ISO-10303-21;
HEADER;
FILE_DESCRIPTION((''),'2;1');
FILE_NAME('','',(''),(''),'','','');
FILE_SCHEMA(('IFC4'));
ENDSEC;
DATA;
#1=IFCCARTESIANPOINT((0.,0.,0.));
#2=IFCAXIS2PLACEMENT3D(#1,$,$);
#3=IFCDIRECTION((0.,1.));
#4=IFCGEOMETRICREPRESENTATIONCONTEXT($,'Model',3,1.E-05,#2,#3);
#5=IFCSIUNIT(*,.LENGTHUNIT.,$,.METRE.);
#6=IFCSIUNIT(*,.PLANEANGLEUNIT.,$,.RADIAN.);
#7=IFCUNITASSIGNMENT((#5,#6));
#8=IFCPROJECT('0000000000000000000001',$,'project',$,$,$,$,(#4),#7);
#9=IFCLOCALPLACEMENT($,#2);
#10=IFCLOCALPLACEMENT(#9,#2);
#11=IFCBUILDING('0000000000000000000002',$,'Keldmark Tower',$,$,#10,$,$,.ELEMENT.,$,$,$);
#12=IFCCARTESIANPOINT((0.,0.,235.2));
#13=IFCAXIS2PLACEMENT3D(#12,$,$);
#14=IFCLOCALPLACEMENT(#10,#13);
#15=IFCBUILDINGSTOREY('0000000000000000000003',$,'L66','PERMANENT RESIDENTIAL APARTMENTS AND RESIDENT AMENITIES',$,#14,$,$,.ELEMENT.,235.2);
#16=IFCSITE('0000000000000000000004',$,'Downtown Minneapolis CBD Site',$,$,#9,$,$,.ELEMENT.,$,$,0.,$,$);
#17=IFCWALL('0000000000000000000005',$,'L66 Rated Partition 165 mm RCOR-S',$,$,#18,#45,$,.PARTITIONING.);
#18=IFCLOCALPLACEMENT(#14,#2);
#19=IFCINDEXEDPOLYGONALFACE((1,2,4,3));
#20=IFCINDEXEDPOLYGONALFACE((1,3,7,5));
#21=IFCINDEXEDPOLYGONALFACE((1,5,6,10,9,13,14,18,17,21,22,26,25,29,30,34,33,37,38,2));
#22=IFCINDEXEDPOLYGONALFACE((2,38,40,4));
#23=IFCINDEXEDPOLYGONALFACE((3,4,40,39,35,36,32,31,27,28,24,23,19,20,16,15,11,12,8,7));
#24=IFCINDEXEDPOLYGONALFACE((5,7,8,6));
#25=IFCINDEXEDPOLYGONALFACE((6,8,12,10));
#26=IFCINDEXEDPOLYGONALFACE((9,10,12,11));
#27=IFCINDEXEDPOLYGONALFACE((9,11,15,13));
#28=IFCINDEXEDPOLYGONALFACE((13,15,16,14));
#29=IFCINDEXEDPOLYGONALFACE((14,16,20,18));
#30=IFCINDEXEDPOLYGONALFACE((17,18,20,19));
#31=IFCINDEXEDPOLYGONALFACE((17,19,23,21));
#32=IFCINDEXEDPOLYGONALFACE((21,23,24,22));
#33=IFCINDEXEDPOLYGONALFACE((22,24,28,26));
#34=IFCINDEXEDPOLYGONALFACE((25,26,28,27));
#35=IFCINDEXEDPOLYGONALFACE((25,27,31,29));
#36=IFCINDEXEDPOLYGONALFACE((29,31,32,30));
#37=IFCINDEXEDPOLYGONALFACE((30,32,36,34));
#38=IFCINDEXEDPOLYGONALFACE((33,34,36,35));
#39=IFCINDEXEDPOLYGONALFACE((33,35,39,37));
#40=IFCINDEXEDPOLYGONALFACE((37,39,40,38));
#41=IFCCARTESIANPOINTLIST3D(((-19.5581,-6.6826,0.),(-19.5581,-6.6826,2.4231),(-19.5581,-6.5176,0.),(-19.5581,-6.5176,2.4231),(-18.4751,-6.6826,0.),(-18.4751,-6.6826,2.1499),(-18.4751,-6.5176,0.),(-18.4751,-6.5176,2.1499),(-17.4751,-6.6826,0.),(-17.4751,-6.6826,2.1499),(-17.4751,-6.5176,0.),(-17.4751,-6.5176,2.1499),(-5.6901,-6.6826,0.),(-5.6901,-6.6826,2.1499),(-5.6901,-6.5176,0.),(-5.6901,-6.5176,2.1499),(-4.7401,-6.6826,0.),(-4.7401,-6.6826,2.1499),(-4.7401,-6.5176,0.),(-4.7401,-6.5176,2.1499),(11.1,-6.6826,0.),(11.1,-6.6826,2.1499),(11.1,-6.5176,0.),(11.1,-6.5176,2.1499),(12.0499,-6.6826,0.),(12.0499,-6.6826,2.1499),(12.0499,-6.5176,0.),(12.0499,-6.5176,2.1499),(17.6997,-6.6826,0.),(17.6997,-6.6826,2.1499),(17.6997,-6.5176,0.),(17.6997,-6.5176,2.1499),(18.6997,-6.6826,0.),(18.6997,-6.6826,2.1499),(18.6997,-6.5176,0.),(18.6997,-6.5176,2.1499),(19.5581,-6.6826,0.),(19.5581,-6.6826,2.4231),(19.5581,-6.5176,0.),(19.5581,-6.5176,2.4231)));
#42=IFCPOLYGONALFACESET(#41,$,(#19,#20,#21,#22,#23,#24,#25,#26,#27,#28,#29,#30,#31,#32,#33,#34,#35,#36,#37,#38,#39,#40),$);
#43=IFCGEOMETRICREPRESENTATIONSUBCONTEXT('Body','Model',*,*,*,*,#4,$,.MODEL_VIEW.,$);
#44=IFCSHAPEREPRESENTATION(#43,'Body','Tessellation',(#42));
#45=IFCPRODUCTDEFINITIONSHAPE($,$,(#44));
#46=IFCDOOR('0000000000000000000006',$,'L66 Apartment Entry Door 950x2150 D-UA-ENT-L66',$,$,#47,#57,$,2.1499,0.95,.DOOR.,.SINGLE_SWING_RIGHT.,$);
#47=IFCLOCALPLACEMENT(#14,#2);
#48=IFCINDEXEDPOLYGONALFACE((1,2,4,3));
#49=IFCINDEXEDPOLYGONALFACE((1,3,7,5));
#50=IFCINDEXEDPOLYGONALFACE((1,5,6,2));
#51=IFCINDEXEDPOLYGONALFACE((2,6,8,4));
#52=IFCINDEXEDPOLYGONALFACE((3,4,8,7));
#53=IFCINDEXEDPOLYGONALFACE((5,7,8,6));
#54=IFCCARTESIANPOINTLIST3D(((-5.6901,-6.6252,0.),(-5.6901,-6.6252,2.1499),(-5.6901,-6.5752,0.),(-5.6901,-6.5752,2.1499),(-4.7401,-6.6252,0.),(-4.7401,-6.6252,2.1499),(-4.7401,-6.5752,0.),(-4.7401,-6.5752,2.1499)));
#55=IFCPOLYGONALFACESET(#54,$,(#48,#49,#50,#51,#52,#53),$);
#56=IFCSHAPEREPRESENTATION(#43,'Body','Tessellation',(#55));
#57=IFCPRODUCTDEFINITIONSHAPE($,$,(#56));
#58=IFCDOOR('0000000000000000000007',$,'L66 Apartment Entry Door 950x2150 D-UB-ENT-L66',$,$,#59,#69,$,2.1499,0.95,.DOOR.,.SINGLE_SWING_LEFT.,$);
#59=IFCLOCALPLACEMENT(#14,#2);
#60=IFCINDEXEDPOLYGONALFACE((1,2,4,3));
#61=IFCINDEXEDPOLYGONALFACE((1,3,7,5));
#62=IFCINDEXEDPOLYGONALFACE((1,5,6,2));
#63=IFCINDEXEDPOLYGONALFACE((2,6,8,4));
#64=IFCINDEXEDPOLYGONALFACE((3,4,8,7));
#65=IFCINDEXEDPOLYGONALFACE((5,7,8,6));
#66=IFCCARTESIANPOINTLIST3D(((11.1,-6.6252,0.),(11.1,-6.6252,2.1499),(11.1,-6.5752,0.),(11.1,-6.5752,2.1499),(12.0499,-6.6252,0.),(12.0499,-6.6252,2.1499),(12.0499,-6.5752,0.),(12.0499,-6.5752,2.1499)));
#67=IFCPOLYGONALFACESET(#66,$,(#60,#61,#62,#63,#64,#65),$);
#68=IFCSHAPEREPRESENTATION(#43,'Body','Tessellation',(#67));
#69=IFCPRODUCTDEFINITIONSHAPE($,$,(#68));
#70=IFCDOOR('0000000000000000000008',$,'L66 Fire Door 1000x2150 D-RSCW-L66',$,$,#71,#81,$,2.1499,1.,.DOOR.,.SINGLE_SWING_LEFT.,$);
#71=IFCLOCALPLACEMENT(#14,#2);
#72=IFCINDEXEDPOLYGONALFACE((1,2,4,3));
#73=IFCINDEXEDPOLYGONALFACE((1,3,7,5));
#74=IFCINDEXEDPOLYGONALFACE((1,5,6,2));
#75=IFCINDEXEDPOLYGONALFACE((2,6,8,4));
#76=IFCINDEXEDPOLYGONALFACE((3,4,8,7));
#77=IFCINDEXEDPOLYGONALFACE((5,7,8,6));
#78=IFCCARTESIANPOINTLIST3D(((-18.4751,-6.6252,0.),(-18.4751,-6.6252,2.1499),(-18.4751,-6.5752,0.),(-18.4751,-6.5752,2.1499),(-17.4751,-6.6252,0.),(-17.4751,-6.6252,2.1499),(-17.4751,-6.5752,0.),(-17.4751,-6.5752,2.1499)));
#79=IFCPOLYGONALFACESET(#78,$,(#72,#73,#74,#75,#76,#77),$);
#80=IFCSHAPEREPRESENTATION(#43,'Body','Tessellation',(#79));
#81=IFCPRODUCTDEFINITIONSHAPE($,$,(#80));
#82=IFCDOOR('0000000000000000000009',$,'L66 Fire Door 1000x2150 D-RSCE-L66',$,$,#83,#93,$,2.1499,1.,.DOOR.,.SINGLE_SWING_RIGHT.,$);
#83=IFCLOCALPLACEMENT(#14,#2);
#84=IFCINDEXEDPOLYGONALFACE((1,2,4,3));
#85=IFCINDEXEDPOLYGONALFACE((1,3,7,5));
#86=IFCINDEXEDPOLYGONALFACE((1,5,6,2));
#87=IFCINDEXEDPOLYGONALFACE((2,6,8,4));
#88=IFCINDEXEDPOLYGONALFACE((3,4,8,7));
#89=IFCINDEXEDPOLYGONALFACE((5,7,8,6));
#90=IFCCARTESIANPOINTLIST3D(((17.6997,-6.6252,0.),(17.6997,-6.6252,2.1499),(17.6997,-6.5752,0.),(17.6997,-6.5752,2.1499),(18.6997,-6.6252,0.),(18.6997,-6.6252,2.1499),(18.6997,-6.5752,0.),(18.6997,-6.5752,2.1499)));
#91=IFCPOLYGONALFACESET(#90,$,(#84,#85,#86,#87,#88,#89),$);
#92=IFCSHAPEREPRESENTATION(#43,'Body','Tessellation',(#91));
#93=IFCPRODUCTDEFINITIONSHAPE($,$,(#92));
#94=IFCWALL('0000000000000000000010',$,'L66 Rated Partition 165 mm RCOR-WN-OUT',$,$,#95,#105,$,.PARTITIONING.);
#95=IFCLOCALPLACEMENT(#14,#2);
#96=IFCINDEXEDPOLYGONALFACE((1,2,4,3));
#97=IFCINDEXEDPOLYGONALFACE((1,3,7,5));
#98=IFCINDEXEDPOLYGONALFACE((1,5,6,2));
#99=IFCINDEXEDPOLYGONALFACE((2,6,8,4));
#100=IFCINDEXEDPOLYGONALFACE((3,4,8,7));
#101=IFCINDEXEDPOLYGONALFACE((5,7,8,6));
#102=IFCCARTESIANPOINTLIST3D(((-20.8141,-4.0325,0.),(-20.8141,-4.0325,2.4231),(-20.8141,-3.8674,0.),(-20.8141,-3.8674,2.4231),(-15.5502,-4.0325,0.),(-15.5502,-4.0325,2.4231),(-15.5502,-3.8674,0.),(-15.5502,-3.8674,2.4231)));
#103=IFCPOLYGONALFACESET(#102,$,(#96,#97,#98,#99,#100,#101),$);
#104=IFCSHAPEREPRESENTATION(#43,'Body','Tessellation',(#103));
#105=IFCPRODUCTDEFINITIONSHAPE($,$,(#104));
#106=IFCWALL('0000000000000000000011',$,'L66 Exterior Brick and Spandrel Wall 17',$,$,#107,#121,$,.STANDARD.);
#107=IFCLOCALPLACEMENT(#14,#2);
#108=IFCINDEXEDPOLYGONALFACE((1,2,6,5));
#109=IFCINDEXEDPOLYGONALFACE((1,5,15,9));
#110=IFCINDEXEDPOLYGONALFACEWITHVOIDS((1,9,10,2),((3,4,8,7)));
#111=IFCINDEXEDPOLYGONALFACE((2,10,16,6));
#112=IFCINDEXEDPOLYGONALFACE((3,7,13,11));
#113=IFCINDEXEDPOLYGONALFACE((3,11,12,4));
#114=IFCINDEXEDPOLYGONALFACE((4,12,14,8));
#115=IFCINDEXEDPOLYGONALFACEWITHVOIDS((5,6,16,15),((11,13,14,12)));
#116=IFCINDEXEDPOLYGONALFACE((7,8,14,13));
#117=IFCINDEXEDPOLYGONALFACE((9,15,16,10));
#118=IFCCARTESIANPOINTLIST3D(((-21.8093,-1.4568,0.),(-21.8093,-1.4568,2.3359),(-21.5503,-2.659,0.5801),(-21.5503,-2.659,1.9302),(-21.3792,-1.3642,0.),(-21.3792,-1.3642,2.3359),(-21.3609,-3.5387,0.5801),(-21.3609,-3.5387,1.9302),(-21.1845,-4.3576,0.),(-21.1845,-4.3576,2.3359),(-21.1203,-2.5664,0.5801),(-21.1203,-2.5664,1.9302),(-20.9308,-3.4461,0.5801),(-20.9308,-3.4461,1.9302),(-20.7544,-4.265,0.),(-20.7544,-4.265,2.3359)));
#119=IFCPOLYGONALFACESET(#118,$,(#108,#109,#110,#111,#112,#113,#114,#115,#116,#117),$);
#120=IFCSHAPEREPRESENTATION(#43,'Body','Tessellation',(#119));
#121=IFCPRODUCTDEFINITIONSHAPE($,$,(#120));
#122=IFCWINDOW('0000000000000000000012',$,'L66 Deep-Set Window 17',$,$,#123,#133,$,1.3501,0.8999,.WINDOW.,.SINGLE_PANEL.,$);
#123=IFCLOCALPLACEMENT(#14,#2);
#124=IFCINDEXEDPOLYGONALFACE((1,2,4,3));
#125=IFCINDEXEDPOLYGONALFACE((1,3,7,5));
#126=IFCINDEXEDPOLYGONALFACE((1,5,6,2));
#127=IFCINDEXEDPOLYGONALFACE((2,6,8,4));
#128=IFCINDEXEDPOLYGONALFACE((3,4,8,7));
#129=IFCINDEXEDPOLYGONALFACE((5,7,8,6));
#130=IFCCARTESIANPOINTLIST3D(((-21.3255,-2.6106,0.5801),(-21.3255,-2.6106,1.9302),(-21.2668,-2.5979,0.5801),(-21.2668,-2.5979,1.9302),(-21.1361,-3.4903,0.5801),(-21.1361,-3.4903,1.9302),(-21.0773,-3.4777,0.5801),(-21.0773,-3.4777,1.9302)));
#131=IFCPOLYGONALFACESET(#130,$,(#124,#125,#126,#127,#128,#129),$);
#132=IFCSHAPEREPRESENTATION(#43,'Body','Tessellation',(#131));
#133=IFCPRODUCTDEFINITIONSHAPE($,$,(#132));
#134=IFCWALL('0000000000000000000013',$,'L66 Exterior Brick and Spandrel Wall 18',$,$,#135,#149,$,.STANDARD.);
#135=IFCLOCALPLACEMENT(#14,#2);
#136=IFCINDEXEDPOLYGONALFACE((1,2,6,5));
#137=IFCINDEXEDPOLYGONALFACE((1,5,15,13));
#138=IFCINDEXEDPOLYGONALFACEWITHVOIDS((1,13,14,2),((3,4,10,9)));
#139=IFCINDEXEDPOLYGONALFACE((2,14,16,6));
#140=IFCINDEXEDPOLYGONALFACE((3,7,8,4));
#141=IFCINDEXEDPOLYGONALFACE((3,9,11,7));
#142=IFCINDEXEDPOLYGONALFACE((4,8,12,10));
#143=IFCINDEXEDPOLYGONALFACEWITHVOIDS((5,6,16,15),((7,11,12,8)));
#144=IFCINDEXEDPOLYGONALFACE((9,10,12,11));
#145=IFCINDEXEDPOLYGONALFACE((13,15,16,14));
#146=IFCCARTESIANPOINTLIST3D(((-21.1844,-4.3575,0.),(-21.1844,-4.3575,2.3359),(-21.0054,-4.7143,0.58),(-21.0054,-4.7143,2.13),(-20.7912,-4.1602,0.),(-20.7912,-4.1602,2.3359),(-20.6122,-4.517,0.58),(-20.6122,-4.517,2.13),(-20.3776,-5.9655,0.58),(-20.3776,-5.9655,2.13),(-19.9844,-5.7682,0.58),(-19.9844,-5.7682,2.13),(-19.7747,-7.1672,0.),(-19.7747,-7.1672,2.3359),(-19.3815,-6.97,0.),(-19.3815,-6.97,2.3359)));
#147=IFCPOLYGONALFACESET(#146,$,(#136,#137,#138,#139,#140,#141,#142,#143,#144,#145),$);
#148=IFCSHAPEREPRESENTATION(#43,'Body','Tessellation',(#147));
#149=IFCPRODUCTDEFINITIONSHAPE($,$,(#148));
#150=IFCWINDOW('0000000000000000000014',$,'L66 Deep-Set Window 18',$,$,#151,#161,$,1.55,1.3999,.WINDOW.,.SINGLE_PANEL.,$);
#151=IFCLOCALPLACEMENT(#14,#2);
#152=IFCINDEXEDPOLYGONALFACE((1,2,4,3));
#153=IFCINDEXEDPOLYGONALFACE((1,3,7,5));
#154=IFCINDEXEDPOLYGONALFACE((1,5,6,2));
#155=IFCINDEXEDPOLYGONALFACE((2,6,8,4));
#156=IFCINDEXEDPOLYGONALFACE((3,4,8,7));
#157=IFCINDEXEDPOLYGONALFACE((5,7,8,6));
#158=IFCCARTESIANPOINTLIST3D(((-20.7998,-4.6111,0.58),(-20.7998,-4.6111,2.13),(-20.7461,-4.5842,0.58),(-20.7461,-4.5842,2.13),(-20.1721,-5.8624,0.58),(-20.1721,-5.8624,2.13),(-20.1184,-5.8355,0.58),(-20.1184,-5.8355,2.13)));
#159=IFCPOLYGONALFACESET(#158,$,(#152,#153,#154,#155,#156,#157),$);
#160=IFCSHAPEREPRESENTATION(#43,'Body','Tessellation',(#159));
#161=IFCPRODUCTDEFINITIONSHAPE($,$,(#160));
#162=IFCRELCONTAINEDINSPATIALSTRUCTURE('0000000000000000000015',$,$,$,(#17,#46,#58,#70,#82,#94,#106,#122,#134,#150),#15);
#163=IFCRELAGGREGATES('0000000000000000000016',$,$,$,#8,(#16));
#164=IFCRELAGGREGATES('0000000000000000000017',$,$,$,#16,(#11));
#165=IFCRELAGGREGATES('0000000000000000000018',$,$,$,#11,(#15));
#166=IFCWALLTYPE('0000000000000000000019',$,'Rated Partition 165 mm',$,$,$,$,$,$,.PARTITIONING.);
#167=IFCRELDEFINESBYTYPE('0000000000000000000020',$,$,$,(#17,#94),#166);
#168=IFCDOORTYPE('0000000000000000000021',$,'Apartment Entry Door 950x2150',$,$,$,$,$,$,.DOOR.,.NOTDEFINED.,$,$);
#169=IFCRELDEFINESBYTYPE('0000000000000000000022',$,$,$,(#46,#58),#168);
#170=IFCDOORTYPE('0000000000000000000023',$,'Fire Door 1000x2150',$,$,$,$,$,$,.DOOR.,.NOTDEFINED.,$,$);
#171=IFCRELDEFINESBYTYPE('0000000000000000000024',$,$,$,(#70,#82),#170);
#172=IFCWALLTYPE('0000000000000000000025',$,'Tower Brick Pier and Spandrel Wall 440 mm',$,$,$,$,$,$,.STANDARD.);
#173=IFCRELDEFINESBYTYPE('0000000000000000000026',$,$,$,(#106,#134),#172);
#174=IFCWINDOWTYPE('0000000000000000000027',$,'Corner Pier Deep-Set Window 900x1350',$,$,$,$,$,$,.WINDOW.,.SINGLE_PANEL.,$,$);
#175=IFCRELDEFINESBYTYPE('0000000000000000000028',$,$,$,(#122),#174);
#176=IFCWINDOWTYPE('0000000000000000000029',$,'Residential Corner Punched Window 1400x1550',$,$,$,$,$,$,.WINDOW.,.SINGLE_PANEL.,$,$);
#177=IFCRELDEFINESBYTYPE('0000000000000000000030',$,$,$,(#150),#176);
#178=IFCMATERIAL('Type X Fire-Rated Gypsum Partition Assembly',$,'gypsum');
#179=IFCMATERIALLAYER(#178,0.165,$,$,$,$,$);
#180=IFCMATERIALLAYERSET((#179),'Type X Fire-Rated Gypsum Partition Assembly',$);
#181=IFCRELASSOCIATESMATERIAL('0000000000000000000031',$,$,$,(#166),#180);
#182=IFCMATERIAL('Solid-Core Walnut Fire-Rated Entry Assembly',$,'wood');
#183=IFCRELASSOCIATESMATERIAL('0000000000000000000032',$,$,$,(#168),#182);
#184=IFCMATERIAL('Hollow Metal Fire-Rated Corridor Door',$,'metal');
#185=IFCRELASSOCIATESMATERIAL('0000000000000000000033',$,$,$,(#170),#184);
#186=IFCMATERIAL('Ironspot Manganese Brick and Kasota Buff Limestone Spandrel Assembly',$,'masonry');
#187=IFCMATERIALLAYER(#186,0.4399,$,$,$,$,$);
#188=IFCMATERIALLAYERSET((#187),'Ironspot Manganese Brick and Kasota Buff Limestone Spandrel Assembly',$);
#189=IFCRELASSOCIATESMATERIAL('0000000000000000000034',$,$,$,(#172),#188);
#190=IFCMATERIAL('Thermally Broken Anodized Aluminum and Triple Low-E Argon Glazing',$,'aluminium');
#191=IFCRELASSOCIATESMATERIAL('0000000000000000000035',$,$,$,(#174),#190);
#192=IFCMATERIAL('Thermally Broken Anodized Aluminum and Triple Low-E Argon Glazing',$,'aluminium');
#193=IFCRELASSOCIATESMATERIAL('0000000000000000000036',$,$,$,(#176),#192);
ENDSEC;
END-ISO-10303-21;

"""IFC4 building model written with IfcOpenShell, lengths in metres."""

from ifc_helpers import new_model, si_unit, direction, frame, frame_2d, origin, place, context, subcontext, project, spatial, rectangle, extrude, material, layer, layer_set, type_object, element, fill, save


model = new_model("IFC4")

# Units and contexts
model_context = context("Model", 3, precision=1e-05, world=origin(), true_north=direction((0.0, 1.0)))
body_context = subcontext(model_context, "Body", "Model", "MODEL_VIEW")
ifc_project = project(units=[si_unit("LENGTHUNIT", "METRE"), si_unit("PLANEANGLEUNIT", "RADIAN")], contexts=[model_context])

# Site, building, storey
site_placement = place(None, origin())
site = spatial("IfcSite", under=ifc_project, at=site_placement, Name="Downtown Minneapolis CBD Site", CompositionType="ELEMENT", RefElevation=0.0)
building_placement = place(site_placement, origin())
building = spatial("IfcBuilding", under=site, at=building_placement, Name="Keldmark Tower", CompositionType="ELEMENT")
storey_placement = place(building_placement, frame((0.0, 0.0, 235.2)))
storey = spatial("IfcBuildingStorey", under=building, at=storey_placement, Name="L66", Description="PERMANENT RESIDENTIAL APARTMENTS AND RESIDENT AMENITIES", CompositionType="ELEMENT", Elevation=235.2)

# Wall, openings, doors
ifc_material_1 = material(Name="Type X Fire-Rated Gypsum Partition Assembly", Category="gypsum")
ifc_layer_1 = layer(ifc_material_1, 0.165)
ifc_layer_set_1 = layer_set([ifc_layer_1], Name="Type X Fire-Rated Gypsum Partition Assembly")
wall_type_1 = type_object("IfcWallType", Name="Rated Partition 165 mm", PredefinedType="PARTITIONING", material=ifc_layer_set_1)
wall_1_placement = place(storey_placement, frame((-19.5581, -6.6001, 0.0), z_axis=(0.0, 0.0, 1.0), x_axis=(1.0, 0.0, 0.0)))
wall_1 = element("IfcWall", 1, at=wall_1_placement, inside=storey, type_object=wall_type_1, Name="L66 Rated Partition 165 mm RCOR-S", PredefinedType="PARTITIONING", context=body_context, shape_type="SweptSolid", body=[
    extrude(rectangle(XDim=39.1162, YDim=0.165, at=frame_2d((19.5581, 0.0))), origin(), (0.0, 0.0, 1.0), 2.4231),
])
opening_1_placement = place(wall_1_placement, frame((1.083, 0.0, 0.0)))
opening_1 = element("IfcOpeningElement", 2, at=opening_1_placement, cuts=wall_1, PredefinedType="OPENING", context=body_context, shape_type="SweptSolid", body=[
    extrude(rectangle(XDim=1.0, YDim=2.1499, at=frame_2d((0.5, 1.075))), frame((0.0, 0.0925, 0.0), z_axis=(0.0, -1.0, 0.0), x_axis=(1.0, 0.0, 0.0)), (0.0, 0.0, 1.0), 0.1851),
])
opening_2_placement = place(wall_1_placement, frame((37.2578, 0.0, 0.0)))
opening_2 = element("IfcOpeningElement", 3, at=opening_2_placement, cuts=wall_1, PredefinedType="OPENING", context=body_context, shape_type="SweptSolid", body=[
    extrude(rectangle(XDim=1.0, YDim=2.1499, at=frame_2d((0.5, 1.075))), frame((0.0, 0.0925, 0.0), z_axis=(0.0, -1.0, 0.0), x_axis=(1.0, 0.0, 0.0)), (0.0, 0.0, 1.0), 0.1851),
])
opening_3_placement = place(wall_1_placement, frame((13.8679, 0.0, 0.0)))
opening_3 = element("IfcOpeningElement", 4, at=opening_3_placement, cuts=wall_1, PredefinedType="OPENING", context=body_context, shape_type="SweptSolid", body=[
    extrude(rectangle(XDim=0.95, YDim=2.1499, at=frame_2d((0.4751, 1.075))), frame((0.0, 0.0925, 0.0), z_axis=(0.0, -1.0, 0.0), x_axis=(1.0, 0.0, 0.0)), (0.0, 0.0, 1.0), 0.1851),
])
opening_4_placement = place(wall_1_placement, frame((30.658, 0.0, 0.0)))
opening_4 = element("IfcOpeningElement", 5, at=opening_4_placement, cuts=wall_1, PredefinedType="OPENING", context=body_context, shape_type="SweptSolid", body=[
    extrude(rectangle(XDim=0.95, YDim=2.1499, at=frame_2d((0.4751, 1.075))), frame((0.0, 0.0925, 0.0), z_axis=(0.0, -1.0, 0.0), x_axis=(1.0, 0.0, 0.0)), (0.0, 0.0, 1.0), 0.1851),
])
ifc_material_2 = material(Name="Solid-Core Walnut Fire-Rated Entry Assembly", Category="wood")
door_type_1 = type_object("IfcDoorType", Name="Apartment Entry Door 950x2150", OperationType="NOTDEFINED", PredefinedType="DOOR", material=ifc_material_2)
door_1_placement = place(opening_3_placement, origin())
door_1 = element("IfcDoor", 6, at=door_1_placement, inside=storey, type_object=door_type_1, Name="L66 Apartment Entry Door 950x2150 D-UA-ENT-L66", OperationType="SINGLE_SWING_RIGHT", OverallHeight=2.1499, OverallWidth=0.95, PredefinedType="DOOR", context=body_context, shape_type="SweptSolid", body=[
    extrude(rectangle(XDim=0.95, YDim=2.1499, at=frame_2d((0.4751, 1.075))), frame((0.0, 0.0249, 0.0), z_axis=(0.0, -1.0, 0.0), x_axis=(1.0, 0.0, 0.0)), (0.0, 0.0, 1.0), 0.05),
])
fill(opening_3, door_1)
door_2_placement = place(opening_4_placement, origin())
door_2 = element("IfcDoor", 7, at=door_2_placement, inside=storey, type_object=door_type_1, Name="L66 Apartment Entry Door 950x2150 D-UB-ENT-L66", OperationType="SINGLE_SWING_LEFT", OverallHeight=2.1499, OverallWidth=0.95, PredefinedType="DOOR", context=body_context, shape_type="SweptSolid", body=[
    extrude(rectangle(XDim=0.95, YDim=2.1499, at=frame_2d((0.4751, 1.075))), frame((0.0, 0.0249, 0.0), z_axis=(0.0, -1.0, 0.0), x_axis=(1.0, 0.0, 0.0)), (0.0, 0.0, 1.0), 0.05),
])
fill(opening_4, door_2)
ifc_material_3 = material(Name="Hollow Metal Fire-Rated Corridor Door", Category="metal")
door_type_2 = type_object("IfcDoorType", Name="Fire Door 1000x2150", OperationType="NOTDEFINED", PredefinedType="DOOR", material=ifc_material_3)
door_3_placement = place(opening_1_placement, origin())
door_3 = element("IfcDoor", 8, at=door_3_placement, inside=storey, type_object=door_type_2, Name="L66 Fire Door 1000x2150 D-RSCW-L66", OperationType="SINGLE_SWING_LEFT", OverallHeight=2.1499, OverallWidth=1.0, PredefinedType="DOOR", context=body_context, shape_type="SweptSolid", body=[
    extrude(rectangle(XDim=1.0, YDim=2.1499, at=frame_2d((0.5, 1.075))), frame((0.0, 0.0249, 0.0), z_axis=(0.0, -1.0, 0.0), x_axis=(1.0, 0.0, 0.0)), (0.0, 0.0, 1.0), 0.05),
])
fill(opening_1, door_3)
door_4_placement = place(opening_2_placement, origin())
door_4 = element("IfcDoor", 9, at=door_4_placement, inside=storey, type_object=door_type_2, Name="L66 Fire Door 1000x2150 D-RSCE-L66", OperationType="SINGLE_SWING_RIGHT", OverallHeight=2.1499, OverallWidth=1.0, PredefinedType="DOOR", context=body_context, shape_type="SweptSolid", body=[
    extrude(rectangle(XDim=1.0, YDim=2.1499, at=frame_2d((0.5, 1.075))), frame((0.0, 0.0249, 0.0), z_axis=(0.0, -1.0, 0.0), x_axis=(1.0, 0.0, 0.0)), (0.0, 0.0, 1.0), 0.05),
])
fill(opening_2, door_4)

# Wall
wall_2_placement = place(storey_placement, frame((-20.814, -3.95, 0.0), z_axis=(0.0, 0.0, 1.0), x_axis=(1.0, 0.0, 0.0)))
element("IfcWall", 10, at=wall_2_placement, inside=storey, type_object=wall_type_1, Name="L66 Rated Partition 165 mm RCOR-WN-OUT", PredefinedType="PARTITIONING", context=body_context, shape_type="SweptSolid", body=[
    extrude(rectangle(XDim=5.2639, YDim=0.165, at=frame_2d((2.6318, 0.0))), origin(), (0.0, 0.0, 1.0), 2.4231),
])

# Walls, openings, windows
ifc_material_4 = material(Name="Ironspot Manganese Brick and Kasota Buff Limestone Spandrel Assembly", Category="masonry")
ifc_layer_2 = layer(ifc_material_4, 0.4399)
ifc_layer_set_2 = layer_set([ifc_layer_2], Name="Ironspot Manganese Brick and Kasota Buff Limestone Spandrel Assembly")
wall_type_2 = type_object("IfcWallType", Name="Tower Brick Pier and Spandrel Wall 440 mm", PredefinedType="STANDARD", material=ifc_layer_set_2)
wall_3_placement = place(storey_placement, frame((-20.9695, -4.3113, 0.0), z_axis=(0.0, 0.0, 1.0), x_axis=(-0.21054, 0.977585, 0.0)))
wall_3 = element("IfcWall", 11, at=wall_3_placement, inside=storey, type_object=wall_type_2, Name="L66 Exterior Brick and Spandrel Wall 17", PredefinedType="STANDARD", context=body_context, shape_type="SweptSolid", body=[
    extrude(rectangle(XDim=2.9673, YDim=0.4399, at=frame_2d((1.4836, 0.0))), origin(), (0.0, 0.0, 1.0), 2.3359),
])
opening_5_placement = place(wall_3_placement, frame((0.8376, 0.0, 0.5801)))
opening_5 = element("IfcOpeningElement", 12, at=opening_5_placement, cuts=wall_3, PredefinedType="OPENING", context=body_context, shape_type="SweptSolid", body=[
    extrude(rectangle(XDim=0.8999, YDim=1.3501, at=frame_2d((0.45, 0.675))), frame((0.0, 0.23, 0.0), z_axis=(0.0, -1.0, 0.0), x_axis=(1.0, 0.0, 0.0)), (0.0, 0.0, 1.0), 0.46),
])
ifc_material_5 = material(Name="Thermally Broken Anodized Aluminum and Triple Low-E Argon Glazing", Category="aluminium")
window_type_1 = type_object("IfcWindowType", Name="Corner Pier Deep-Set Window 900x1350", PartitioningType="SINGLE_PANEL", PredefinedType="WINDOW", material=ifc_material_5)
window_1_placement = place(opening_5_placement, origin())
window_1 = element("IfcWindow", 13, at=window_1_placement, inside=storey, type_object=window_type_1, Name="L66 Deep-Set Window 17", OverallHeight=1.3501, OverallWidth=0.8999, PartitioningType="SINGLE_PANEL", PredefinedType="WINDOW", context=body_context, shape_type="SweptSolid", body=[
    extrude(rectangle(XDim=0.8999, YDim=1.3501, at=frame_2d((0.45, 0.675))), frame((0.0, -0.01, 0.0), z_axis=(0.0, -1.0, 0.0), x_axis=(1.0, 0.0, 0.0)), (0.0, 0.0, 1.0), 0.0601),
])
fill(opening_5, window_1)
wall_4_placement = place(storey_placement, frame((-19.5781, -7.0686, 0.0), z_axis=(0.0, 0.0, 1.0), x_axis=(-0.448425, 0.893821, 0.0)))
wall_4 = element("IfcWall", 14, at=wall_4_placement, inside=storey, type_object=wall_type_2, Name="L66 Exterior Brick and Spandrel Wall 18", PredefinedType="STANDARD", context=body_context, shape_type="SweptSolid", body=[
    extrude(rectangle(XDim=3.1436, YDim=0.4399, at=frame_2d((1.5718, 0.0))), origin(), (0.0, 0.0, 1.0), 2.3359),
])
opening_6_placement = place(wall_4_placement, frame((1.3445, 0.0, 0.5801)))
opening_6 = element("IfcOpeningElement", 15, at=opening_6_placement, cuts=wall_4, PredefinedType="OPENING", context=body_context, shape_type="SweptSolid", body=[
    extrude(rectangle(XDim=1.3999, YDim=1.55, at=frame_2d((0.7, 0.7749))), frame((0.0, 0.23, 0.0), z_axis=(0.0, -1.0, 0.0), x_axis=(1.0, 0.0, 0.0)), (0.0, 0.0, 1.0), 0.46),
])
ifc_material_6 = material(Name="Thermally Broken Anodized Aluminum and Triple Low-E Argon Glazing", Category="aluminium")
window_type_2 = type_object("IfcWindowType", Name="Residential Corner Punched Window 1400x1550", PartitioningType="SINGLE_PANEL", PredefinedType="WINDOW", material=ifc_material_6)
window_2_placement = place(opening_6_placement, origin())
window_2 = element("IfcWindow", 16, at=window_2_placement, inside=storey, type_object=window_type_2, Name="L66 Deep-Set Window 18", OverallHeight=1.55, OverallWidth=1.3999, PartitioningType="SINGLE_PANEL", PredefinedType="WINDOW", context=body_context, shape_type="SweptSolid", body=[
    extrude(rectangle(XDim=1.3999, YDim=1.55, at=frame_2d((0.7, 0.7749))), frame((0.0, -0.01, 0.0), z_axis=(0.0, -1.0, 0.0), x_axis=(1.0, 0.0, 0.0)), (0.0, 0.0, 1.0), 0.0601),
])
fill(opening_6, window_2)

save(model, "model.ifc")
